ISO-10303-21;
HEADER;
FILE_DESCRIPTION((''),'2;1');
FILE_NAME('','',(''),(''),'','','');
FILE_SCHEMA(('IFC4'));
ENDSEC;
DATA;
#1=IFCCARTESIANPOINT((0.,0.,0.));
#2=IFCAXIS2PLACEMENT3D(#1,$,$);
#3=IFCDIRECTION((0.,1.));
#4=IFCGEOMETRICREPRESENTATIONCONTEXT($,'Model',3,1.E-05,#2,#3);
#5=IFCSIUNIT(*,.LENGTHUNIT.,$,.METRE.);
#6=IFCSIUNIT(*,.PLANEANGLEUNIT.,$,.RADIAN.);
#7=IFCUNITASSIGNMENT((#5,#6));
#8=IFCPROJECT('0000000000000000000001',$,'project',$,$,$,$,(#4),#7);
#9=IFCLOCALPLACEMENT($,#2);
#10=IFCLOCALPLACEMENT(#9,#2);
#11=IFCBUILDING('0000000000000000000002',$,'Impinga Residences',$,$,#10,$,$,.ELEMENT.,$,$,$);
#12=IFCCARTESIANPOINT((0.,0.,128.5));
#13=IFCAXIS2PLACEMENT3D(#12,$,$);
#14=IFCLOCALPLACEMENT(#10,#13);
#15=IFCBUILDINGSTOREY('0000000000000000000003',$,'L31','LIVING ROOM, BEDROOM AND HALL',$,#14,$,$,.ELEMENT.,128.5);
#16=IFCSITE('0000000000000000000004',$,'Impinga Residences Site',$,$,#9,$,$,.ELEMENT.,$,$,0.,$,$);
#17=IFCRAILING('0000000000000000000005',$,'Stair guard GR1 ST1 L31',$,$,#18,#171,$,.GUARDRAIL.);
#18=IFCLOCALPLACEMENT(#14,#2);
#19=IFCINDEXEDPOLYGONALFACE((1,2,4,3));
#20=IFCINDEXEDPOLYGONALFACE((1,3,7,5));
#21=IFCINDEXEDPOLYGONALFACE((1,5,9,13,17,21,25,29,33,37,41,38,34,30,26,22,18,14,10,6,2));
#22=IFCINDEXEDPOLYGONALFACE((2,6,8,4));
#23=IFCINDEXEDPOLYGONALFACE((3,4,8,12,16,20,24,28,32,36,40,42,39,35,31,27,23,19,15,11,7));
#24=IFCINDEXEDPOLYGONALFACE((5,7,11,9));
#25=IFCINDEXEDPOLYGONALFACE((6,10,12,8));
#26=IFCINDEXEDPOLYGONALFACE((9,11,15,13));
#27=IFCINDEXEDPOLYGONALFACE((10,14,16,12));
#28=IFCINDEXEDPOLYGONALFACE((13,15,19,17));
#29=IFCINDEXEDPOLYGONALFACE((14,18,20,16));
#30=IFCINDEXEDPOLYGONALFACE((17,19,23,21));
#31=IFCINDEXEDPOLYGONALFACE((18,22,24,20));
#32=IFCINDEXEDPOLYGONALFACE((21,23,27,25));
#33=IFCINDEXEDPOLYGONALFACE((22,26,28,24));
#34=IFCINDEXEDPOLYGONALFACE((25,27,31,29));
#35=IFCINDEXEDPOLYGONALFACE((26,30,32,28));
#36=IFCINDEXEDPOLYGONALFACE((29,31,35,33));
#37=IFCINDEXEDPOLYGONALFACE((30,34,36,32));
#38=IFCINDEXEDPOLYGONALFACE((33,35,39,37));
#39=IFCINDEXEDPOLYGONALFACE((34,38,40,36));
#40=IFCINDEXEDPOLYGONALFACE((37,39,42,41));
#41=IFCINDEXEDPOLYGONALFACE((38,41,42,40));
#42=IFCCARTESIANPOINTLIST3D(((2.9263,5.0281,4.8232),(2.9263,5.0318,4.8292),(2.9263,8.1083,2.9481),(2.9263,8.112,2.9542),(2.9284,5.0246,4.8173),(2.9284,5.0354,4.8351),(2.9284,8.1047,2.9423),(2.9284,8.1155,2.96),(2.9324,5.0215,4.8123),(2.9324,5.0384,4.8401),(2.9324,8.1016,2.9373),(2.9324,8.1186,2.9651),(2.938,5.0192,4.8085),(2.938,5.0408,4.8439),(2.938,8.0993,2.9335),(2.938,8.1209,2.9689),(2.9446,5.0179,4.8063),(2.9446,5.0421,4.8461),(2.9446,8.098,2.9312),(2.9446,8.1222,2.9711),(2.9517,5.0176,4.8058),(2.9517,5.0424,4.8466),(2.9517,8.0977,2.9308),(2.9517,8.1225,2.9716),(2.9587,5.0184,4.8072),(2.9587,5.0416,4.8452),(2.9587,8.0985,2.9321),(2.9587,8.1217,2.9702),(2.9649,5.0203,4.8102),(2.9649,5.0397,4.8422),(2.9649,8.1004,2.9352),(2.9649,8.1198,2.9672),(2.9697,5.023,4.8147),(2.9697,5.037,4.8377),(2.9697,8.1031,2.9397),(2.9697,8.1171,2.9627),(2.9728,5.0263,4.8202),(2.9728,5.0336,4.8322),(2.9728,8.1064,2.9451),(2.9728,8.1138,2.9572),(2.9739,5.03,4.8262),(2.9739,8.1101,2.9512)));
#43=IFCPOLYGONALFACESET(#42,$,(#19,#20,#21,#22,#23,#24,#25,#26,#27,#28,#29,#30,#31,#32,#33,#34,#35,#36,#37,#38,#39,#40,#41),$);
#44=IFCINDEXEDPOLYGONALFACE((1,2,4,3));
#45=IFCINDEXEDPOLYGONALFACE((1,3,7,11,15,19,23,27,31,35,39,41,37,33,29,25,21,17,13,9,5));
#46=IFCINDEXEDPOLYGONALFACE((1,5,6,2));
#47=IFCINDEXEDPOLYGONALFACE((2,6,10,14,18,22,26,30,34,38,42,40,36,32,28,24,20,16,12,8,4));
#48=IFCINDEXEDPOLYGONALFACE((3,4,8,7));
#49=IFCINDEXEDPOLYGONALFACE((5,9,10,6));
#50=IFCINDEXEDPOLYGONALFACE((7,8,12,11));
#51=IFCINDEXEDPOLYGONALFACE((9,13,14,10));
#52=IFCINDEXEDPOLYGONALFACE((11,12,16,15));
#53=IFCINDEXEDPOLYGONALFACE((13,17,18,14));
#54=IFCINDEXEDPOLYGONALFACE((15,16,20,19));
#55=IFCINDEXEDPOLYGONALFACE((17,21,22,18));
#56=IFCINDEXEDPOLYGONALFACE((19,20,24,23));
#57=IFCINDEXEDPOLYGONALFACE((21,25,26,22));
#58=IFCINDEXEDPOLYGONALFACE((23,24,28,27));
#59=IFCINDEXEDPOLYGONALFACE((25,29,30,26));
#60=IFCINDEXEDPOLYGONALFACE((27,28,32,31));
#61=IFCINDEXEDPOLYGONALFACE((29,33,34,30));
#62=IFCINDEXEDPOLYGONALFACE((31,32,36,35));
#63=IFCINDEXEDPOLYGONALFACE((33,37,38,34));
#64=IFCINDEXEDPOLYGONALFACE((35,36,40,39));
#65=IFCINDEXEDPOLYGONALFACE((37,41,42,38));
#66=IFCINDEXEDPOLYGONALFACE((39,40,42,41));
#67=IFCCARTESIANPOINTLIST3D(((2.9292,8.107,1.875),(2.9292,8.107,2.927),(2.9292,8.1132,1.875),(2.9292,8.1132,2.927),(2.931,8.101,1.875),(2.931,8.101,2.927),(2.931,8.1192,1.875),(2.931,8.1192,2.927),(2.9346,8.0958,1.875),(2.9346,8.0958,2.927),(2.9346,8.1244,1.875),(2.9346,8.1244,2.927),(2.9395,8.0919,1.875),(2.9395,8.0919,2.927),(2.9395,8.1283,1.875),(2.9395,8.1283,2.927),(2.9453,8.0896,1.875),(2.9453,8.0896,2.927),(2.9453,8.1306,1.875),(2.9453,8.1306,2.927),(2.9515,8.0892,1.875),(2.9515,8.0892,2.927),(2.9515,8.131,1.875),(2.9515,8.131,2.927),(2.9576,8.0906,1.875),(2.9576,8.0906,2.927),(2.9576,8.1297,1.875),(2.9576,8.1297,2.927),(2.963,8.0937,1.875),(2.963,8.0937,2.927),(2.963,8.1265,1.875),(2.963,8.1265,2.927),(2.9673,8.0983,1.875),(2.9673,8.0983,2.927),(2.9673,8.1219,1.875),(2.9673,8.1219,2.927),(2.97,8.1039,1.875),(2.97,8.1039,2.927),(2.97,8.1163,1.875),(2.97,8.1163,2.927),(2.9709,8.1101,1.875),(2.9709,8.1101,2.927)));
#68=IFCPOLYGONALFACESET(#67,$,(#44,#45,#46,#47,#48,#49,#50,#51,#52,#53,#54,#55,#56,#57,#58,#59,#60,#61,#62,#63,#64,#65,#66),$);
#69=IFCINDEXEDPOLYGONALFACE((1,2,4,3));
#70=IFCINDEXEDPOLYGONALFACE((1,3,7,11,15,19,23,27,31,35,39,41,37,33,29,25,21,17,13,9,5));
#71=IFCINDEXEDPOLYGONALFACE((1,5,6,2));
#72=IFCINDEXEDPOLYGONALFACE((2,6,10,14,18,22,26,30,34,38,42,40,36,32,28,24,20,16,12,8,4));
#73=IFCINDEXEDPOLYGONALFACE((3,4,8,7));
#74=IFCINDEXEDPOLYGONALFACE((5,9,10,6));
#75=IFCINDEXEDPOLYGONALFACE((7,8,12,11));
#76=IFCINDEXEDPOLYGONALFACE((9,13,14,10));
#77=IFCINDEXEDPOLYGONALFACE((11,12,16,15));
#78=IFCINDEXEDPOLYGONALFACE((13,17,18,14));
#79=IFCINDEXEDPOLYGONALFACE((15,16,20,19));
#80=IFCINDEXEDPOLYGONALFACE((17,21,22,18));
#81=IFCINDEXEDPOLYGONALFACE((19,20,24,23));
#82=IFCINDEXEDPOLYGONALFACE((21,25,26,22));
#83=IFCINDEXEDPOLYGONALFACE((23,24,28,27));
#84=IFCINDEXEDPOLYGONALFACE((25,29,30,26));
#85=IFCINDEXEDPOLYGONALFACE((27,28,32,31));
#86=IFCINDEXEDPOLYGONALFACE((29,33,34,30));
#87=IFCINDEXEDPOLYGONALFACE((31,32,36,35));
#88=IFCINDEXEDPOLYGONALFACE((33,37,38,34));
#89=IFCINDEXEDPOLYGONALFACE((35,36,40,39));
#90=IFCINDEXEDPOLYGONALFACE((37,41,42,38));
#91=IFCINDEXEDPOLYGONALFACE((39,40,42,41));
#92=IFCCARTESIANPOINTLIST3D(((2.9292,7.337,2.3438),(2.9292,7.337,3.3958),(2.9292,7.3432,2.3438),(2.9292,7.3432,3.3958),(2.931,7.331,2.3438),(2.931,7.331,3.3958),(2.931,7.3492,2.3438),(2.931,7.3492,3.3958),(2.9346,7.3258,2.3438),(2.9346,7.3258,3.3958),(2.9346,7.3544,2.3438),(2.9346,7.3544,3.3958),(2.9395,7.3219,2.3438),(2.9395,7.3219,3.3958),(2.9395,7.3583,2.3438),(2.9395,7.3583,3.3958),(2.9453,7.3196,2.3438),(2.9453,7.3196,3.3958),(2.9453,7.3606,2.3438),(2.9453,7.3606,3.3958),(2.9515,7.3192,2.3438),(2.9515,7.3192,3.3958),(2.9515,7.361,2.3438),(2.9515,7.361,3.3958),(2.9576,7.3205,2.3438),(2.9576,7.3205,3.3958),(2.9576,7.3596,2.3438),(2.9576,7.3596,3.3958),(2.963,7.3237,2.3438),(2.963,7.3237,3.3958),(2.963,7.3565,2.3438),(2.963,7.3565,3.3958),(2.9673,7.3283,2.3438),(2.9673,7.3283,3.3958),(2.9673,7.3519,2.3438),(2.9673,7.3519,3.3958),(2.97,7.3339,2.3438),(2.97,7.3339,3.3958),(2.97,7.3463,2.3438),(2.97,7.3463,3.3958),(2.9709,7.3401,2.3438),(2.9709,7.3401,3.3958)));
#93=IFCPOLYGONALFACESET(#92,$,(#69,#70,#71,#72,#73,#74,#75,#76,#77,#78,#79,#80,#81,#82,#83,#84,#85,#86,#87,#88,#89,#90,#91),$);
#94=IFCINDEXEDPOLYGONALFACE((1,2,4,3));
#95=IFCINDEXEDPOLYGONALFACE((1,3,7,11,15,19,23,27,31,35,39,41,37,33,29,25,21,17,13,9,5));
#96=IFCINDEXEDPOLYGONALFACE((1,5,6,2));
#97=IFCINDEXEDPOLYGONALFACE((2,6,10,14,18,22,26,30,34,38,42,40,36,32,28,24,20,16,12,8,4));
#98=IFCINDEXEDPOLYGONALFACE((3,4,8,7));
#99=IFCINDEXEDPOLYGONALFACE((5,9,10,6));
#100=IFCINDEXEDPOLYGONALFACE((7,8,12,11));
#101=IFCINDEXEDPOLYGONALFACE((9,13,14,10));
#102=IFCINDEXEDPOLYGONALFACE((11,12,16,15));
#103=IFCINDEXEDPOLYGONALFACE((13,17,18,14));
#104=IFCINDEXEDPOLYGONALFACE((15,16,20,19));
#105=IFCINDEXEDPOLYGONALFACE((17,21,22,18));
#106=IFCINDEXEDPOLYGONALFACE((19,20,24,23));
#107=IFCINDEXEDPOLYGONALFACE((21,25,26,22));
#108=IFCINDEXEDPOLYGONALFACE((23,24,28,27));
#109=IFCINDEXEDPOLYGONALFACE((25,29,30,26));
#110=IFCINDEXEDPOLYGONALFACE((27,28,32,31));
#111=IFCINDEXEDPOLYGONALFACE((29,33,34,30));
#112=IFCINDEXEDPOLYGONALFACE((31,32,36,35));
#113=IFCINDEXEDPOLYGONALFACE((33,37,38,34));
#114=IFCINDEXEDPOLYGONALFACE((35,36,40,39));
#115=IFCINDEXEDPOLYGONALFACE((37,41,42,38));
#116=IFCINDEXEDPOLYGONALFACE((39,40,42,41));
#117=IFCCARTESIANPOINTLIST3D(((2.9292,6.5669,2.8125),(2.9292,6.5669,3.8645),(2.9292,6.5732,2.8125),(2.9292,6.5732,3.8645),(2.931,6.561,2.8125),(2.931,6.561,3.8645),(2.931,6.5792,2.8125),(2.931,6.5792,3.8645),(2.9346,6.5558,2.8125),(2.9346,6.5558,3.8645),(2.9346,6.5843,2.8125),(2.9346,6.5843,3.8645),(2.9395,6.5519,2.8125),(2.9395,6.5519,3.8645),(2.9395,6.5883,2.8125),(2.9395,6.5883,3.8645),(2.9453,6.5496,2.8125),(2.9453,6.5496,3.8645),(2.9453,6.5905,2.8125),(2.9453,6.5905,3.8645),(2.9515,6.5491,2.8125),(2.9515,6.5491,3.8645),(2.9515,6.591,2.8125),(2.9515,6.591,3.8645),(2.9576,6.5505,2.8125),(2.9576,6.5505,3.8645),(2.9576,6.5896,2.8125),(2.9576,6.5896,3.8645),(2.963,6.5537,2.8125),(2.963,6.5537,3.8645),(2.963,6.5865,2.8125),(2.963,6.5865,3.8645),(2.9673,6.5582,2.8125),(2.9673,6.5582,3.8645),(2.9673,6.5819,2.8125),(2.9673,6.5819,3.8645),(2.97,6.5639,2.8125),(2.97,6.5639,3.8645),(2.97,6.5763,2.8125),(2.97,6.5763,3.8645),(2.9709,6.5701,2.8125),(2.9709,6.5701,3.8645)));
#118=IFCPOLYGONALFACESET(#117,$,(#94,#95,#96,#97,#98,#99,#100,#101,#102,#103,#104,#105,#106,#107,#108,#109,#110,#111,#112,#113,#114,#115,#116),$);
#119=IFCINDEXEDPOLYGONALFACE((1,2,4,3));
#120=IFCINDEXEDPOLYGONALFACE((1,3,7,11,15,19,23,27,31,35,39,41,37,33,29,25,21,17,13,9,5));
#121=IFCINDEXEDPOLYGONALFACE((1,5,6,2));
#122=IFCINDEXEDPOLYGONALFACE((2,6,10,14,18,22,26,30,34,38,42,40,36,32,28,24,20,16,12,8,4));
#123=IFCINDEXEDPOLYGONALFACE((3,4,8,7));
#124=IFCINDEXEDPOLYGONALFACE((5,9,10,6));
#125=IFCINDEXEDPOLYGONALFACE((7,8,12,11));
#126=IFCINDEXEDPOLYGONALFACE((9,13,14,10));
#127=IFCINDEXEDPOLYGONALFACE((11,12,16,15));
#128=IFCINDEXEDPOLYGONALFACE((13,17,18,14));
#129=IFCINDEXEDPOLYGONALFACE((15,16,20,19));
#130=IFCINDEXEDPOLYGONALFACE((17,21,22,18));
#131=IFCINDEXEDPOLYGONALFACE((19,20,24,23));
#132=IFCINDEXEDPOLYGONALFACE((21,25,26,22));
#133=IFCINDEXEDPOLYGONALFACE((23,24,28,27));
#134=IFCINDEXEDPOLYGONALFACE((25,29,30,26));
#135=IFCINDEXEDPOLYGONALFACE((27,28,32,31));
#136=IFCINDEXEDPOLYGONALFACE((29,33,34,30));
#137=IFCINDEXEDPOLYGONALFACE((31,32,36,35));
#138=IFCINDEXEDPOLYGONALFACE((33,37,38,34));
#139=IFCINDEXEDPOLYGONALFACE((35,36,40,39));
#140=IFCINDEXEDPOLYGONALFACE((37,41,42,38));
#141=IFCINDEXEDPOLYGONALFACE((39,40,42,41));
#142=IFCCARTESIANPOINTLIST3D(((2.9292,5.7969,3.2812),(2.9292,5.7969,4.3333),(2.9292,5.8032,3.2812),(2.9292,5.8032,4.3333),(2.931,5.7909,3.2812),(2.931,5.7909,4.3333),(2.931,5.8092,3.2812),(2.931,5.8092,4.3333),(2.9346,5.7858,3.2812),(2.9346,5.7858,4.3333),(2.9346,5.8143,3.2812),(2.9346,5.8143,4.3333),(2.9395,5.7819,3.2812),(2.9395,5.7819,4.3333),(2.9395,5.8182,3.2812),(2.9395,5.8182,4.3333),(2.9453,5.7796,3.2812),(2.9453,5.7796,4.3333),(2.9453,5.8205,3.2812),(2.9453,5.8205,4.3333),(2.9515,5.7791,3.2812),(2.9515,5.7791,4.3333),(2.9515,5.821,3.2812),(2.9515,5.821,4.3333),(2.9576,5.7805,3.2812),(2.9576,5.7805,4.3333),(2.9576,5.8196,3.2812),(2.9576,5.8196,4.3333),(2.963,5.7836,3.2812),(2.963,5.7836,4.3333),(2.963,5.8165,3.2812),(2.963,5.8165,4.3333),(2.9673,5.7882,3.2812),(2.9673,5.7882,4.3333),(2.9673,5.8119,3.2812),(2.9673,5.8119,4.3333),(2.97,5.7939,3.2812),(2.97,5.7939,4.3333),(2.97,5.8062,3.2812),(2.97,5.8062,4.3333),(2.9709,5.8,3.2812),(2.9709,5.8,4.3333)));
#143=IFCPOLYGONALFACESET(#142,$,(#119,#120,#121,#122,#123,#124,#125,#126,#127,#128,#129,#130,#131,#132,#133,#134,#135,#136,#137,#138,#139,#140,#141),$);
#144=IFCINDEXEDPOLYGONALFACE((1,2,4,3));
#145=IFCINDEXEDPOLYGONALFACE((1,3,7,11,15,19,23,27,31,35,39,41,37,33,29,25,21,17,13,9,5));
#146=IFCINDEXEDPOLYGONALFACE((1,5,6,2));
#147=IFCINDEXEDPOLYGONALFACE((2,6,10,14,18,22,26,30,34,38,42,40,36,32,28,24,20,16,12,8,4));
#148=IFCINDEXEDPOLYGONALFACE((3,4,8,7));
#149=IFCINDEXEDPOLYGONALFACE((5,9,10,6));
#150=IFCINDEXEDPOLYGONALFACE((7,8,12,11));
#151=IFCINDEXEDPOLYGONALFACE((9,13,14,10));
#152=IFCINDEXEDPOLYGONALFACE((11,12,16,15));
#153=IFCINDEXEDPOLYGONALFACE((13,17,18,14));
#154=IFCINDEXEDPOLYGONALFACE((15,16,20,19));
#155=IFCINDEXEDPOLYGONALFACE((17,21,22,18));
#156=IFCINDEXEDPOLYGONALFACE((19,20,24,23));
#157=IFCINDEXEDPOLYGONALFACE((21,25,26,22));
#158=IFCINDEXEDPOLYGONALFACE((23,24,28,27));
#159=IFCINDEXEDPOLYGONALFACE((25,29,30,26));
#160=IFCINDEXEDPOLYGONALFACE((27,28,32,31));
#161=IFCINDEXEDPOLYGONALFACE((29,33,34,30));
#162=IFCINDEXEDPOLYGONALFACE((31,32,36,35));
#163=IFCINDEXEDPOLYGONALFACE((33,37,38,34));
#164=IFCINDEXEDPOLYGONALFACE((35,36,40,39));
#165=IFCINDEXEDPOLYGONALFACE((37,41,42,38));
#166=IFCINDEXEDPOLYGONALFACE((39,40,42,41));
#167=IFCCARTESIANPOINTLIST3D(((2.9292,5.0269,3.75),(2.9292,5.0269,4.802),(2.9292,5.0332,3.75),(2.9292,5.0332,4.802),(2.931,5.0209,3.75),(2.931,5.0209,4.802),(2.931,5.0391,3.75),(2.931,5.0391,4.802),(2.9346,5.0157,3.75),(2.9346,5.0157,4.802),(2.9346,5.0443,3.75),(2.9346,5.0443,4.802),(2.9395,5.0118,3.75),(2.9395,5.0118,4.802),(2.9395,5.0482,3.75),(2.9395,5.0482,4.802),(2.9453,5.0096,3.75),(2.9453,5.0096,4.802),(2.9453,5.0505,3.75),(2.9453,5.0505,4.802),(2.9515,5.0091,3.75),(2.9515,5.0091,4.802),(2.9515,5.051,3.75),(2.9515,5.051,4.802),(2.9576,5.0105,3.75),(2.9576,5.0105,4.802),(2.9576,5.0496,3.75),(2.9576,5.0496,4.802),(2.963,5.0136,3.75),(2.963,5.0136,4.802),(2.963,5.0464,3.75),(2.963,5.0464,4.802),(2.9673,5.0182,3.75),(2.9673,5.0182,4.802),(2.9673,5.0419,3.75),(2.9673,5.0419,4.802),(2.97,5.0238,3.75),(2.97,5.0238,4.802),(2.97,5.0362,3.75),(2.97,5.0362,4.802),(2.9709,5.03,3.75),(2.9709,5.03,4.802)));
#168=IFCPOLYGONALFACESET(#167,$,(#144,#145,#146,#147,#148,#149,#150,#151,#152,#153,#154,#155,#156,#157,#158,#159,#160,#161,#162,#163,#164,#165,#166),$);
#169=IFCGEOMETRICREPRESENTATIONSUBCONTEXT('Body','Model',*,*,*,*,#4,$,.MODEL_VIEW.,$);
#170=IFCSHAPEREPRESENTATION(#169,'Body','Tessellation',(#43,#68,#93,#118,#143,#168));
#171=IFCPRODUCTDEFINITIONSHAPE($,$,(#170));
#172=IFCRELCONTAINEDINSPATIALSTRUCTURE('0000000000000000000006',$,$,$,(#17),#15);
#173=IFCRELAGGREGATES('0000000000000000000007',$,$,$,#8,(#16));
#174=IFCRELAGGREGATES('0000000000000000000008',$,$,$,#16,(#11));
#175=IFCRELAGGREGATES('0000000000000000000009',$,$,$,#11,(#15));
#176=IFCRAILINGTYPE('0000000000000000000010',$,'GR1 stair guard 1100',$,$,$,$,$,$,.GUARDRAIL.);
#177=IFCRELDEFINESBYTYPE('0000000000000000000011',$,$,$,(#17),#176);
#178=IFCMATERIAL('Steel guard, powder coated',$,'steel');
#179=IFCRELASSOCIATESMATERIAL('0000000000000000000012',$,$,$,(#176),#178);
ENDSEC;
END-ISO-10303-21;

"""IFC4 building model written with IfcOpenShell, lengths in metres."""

from ifc_helpers import new_model, si_unit, direction, frame, origin, origin_2d, place, context, subcontext, project, spatial, circle, extrude, material, type_object, element, save


model = new_model("IFC4")

# Units and contexts
model_context = context("Model", 3, precision=1e-05, world=origin(), true_north=direction((0.0, 1.0)))
body_context = subcontext(model_context, "Body", "Model", "MODEL_VIEW")
ifc_project = project(units=[si_unit("LENGTHUNIT", "METRE"), si_unit("PLANEANGLEUNIT", "RADIAN")], contexts=[model_context])

# Site, building, storey
site_placement = place(None, origin())
site = spatial("IfcSite", under=ifc_project, at=site_placement, Name="Impinga Residences Site", CompositionType="ELEMENT", RefElevation=0.0)
building_placement = place(site_placement, origin())
building = spatial("IfcBuilding", under=site, at=building_placement, Name="Impinga Residences", CompositionType="ELEMENT")
storey_placement = place(building_placement, frame((0.0, 0.0, 128.5)))
storey = spatial("IfcBuildingStorey", under=building, at=storey_placement, Name="L31", Description="LIVING ROOM, BEDROOM AND HALL", CompositionType="ELEMENT", Elevation=128.5)

# Railing
ifc_material_1 = material(Name="Steel guard, powder coated", Category="steel")
railing_type_1 = type_object("IfcRailingType", Name="GR1 stair guard 1100", PredefinedType="GUARDRAIL", material=ifc_material_1)
railing_1_placement = place(storey_placement, frame((2.95, 8.1101, 1.875)))
element("IfcRailing", 1, at=railing_1_placement, inside=storey, type_object=railing_type_1, Name="Stair guard GR1 ST1 L31", PredefinedType="GUARDRAIL", context=body_context, shape_type="SweptSolid", body=[
    extrude(circle(Radius=0.0239, at=origin_2d()), frame((0.0, 0.0, 1.0762), z_axis=(0.0, -0.854178, 0.519981), x_axis=(1.0, 0.0, 0.0)), (0.0, 0.0, 1.0), 3.606),
    extrude(circle(Radius=0.021, at=origin_2d()), origin(), (0.0, 0.0, 1.0), 1.052),
    extrude(circle(Radius=0.021, at=origin_2d()), frame((0.0, -0.77, 0.4688)), (0.0, 0.0, 1.0), 1.052),
    extrude(circle(Radius=0.021, at=origin_2d()), frame((0.0, -1.54, 0.9375)), (0.0, 0.0, 1.0), 1.052),
    extrude(circle(Radius=0.021, at=origin_2d()), frame((0.0, -2.3101, 1.4062)), (0.0, 0.0, 1.0), 1.052),
    extrude(circle(Radius=0.021, at=origin_2d()), frame((0.0, -3.0801, 1.875)), (0.0, 0.0, 1.0), 1.052),
])

save(model, "model.ifc")
